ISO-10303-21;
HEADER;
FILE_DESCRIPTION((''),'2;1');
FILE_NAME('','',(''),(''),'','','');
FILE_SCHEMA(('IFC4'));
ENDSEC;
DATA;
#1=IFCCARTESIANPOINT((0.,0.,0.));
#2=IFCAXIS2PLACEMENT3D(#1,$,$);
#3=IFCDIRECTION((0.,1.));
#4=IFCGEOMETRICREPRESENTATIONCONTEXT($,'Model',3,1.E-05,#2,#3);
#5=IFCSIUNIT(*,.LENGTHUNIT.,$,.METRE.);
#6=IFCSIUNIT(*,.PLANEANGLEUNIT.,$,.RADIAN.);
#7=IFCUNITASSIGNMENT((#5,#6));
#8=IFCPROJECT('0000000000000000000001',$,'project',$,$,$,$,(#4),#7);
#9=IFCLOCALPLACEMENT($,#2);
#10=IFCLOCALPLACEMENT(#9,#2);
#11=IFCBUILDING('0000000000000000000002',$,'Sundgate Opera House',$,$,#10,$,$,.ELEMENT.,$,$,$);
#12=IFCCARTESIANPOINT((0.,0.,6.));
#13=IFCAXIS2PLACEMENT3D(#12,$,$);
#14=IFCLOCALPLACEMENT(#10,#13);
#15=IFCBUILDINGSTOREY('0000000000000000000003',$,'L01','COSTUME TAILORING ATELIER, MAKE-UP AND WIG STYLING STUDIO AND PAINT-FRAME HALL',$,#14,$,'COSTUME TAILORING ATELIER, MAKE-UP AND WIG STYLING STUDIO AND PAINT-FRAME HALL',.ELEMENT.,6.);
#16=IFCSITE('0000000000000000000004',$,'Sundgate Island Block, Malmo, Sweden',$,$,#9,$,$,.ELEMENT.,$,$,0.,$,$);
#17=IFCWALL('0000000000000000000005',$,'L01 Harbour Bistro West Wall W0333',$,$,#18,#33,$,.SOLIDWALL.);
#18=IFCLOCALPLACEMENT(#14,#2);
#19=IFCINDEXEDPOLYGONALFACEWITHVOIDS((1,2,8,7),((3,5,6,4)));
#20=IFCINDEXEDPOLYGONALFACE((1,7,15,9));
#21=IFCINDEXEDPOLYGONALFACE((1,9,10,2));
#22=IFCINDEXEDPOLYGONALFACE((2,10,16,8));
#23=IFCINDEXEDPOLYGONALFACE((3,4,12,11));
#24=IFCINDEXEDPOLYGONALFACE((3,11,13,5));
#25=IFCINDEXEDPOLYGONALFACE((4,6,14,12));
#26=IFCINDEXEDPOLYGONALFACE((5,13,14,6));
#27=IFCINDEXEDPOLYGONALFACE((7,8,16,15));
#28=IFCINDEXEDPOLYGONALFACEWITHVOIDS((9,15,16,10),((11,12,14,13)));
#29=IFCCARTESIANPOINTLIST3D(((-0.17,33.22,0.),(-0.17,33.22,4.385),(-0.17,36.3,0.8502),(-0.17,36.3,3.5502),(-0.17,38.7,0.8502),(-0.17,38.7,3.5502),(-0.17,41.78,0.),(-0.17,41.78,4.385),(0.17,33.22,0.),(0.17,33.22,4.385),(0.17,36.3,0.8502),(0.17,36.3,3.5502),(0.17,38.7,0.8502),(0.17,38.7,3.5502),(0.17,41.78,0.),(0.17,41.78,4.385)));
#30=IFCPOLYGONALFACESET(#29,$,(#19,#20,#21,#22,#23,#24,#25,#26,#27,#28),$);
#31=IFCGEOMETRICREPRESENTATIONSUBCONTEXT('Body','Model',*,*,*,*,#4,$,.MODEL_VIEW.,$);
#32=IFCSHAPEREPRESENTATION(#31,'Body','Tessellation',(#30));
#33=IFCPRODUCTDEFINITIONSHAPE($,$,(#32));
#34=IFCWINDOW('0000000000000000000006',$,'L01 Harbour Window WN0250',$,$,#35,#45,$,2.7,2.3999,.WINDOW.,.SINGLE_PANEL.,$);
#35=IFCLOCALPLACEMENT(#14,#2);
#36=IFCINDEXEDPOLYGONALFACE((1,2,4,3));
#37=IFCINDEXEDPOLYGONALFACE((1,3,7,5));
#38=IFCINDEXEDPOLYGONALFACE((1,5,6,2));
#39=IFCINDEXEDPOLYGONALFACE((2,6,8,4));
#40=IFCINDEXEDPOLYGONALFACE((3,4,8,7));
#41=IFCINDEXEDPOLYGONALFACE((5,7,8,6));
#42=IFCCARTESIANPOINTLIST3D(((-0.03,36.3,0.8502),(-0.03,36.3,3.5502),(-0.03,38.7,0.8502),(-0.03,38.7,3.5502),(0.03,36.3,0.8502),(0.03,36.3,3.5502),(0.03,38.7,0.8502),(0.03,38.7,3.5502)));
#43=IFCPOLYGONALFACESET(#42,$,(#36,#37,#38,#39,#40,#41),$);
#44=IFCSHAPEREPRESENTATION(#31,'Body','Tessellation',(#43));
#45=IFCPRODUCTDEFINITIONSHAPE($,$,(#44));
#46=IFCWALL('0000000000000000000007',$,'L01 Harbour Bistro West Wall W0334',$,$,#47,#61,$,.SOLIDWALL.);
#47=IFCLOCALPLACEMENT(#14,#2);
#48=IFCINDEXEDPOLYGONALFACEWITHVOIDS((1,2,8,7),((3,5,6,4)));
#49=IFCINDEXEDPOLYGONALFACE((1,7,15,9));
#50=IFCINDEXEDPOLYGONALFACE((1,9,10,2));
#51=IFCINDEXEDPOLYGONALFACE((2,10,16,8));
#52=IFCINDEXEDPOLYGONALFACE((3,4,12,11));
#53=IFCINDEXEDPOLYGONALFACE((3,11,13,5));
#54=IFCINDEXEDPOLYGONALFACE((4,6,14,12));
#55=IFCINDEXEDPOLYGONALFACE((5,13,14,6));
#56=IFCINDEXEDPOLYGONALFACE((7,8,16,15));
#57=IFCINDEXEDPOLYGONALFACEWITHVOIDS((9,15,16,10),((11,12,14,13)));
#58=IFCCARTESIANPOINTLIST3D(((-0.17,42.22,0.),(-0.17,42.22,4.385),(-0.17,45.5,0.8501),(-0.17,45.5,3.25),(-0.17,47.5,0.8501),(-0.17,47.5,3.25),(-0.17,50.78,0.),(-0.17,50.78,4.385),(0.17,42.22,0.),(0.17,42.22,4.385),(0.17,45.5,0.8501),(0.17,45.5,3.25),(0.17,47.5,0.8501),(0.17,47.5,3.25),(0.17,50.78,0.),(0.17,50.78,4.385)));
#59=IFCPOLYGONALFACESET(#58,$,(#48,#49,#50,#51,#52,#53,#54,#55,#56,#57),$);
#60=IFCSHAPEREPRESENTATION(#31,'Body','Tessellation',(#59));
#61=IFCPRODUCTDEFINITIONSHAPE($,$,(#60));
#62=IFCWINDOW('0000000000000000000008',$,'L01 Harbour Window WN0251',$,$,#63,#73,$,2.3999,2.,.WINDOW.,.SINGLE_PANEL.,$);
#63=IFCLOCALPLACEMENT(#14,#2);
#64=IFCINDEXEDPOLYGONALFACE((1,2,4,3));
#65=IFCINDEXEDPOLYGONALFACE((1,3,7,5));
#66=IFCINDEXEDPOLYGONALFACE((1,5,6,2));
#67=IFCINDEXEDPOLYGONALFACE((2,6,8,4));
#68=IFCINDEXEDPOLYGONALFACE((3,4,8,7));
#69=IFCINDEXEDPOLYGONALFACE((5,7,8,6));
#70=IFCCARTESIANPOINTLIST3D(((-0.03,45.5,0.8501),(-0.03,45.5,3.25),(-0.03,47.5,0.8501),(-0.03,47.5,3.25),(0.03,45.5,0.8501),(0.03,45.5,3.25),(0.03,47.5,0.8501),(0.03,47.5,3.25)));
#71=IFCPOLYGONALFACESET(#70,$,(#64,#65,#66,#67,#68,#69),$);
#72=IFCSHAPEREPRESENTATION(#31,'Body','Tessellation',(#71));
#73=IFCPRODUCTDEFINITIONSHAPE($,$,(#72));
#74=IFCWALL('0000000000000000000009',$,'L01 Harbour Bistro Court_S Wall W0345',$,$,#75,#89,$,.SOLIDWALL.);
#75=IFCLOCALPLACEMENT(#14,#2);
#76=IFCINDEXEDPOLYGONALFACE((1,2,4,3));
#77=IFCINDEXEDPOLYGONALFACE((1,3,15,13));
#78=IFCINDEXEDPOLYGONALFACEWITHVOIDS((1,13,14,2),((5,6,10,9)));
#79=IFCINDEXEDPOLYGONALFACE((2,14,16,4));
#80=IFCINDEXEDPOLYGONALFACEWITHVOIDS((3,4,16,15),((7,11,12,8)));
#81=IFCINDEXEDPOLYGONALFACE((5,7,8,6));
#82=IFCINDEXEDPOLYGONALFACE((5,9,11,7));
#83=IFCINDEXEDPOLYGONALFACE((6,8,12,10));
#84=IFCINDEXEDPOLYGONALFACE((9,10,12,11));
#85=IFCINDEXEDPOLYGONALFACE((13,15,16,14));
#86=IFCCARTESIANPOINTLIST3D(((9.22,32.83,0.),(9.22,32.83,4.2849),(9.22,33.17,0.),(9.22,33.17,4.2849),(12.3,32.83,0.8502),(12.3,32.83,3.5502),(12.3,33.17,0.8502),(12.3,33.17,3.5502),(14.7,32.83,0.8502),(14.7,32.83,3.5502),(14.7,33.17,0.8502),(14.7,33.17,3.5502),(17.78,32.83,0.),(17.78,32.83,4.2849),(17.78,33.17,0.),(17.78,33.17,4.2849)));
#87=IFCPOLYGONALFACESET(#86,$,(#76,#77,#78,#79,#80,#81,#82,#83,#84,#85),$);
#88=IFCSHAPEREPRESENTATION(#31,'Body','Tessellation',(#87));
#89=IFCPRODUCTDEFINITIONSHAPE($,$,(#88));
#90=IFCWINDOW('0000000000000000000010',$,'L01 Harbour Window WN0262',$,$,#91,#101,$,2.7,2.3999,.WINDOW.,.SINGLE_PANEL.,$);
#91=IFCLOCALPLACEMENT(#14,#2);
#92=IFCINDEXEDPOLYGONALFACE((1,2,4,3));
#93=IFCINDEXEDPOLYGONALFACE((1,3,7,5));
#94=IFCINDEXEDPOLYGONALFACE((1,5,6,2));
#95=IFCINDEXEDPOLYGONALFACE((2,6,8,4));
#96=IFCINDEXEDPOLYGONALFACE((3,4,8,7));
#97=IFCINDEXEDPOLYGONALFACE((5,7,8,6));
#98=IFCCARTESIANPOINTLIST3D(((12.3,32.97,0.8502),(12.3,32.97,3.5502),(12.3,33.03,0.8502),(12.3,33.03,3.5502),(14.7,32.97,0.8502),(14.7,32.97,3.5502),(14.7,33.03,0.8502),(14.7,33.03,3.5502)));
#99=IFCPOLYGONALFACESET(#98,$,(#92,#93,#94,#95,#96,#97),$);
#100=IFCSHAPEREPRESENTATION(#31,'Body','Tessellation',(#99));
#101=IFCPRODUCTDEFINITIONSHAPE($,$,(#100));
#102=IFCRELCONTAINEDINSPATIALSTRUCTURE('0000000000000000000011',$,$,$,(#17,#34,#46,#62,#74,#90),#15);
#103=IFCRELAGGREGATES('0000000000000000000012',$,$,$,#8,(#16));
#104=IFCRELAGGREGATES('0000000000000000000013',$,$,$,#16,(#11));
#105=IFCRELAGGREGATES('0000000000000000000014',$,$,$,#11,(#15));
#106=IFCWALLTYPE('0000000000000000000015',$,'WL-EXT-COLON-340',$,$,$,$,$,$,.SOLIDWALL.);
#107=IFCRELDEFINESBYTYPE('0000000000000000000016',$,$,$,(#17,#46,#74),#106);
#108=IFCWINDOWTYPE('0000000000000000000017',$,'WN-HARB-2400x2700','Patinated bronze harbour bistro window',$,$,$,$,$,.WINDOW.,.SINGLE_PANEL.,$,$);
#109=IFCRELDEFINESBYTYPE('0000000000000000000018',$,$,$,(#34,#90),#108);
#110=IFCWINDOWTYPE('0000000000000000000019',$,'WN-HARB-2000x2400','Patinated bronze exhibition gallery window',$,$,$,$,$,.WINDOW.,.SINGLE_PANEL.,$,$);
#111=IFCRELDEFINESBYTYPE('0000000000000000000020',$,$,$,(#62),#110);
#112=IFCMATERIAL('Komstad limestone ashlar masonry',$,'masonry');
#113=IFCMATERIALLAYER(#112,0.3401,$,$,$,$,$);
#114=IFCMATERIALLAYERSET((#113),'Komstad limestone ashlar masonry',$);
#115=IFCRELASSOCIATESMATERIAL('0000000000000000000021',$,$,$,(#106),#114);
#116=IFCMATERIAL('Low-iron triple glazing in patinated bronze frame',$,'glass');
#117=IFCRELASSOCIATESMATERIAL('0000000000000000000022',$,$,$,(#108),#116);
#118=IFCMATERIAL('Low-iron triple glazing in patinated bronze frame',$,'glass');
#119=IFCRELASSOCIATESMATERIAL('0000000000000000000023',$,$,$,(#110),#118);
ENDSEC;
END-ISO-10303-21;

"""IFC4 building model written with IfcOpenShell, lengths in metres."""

from ifc_helpers import new_model, si_unit, direction, frame, frame_2d, origin, place, context, subcontext, project, spatial, rectangle, extrude, material, layer, layer_set, type_object, element, fill, save


model = new_model("IFC4")

# Units and contexts
model_context = context("Model", 3, precision=1e-05, world=origin(), true_north=direction((0.0, 1.0)))
body_context = subcontext(model_context, "Body", "Model", "MODEL_VIEW")
ifc_project = project(units=[si_unit("LENGTHUNIT", "METRE"), si_unit("PLANEANGLEUNIT", "RADIAN")], contexts=[model_context])

# Site, building, storey
site_placement = place(None, origin())
site = spatial("IfcSite", under=ifc_project, at=site_placement, Name="Sundgate Island Block, Malmo, Sweden", CompositionType="ELEMENT", RefElevation=0.0)
building_placement = place(site_placement, origin())
building = spatial("IfcBuilding", under=site, at=building_placement, Name="Sundgate Opera House", CompositionType="ELEMENT")
storey_placement = place(building_placement, frame((0.0, 0.0, 6.0)))
storey = spatial("IfcBuildingStorey", under=building, at=storey_placement, Name="L01", Description="COSTUME TAILORING ATELIER, MAKE-UP AND WIG STYLING STUDIO AND PAINT-FRAME HALL", LongName="COSTUME TAILORING ATELIER, MAKE-UP AND WIG STYLING STUDIO AND PAINT-FRAME HALL", CompositionType="ELEMENT", Elevation=6.0)

# Walls, openings, windows
ifc_material_1 = material(Name="Komstad limestone ashlar masonry", Category="masonry")
ifc_layer = layer(ifc_material_1, 0.3401)
ifc_layer_set = layer_set([ifc_layer], Name="Komstad limestone ashlar masonry")
wall_type = type_object("IfcWallType", Name="WL-EXT-COLON-340", PredefinedType="SOLIDWALL", material=ifc_layer_set)
wall_1_placement = place(storey_placement, frame((0.0, 33.22, 0.0), z_axis=(0.0, 0.0, 1.0), x_axis=(0.0, 1.0, 0.0)))
wall_1 = element("IfcWall", 1, at=wall_1_placement, inside=storey, type_object=wall_type, Name="L01 Harbour Bistro West Wall W0333", PredefinedType="SOLIDWALL", context=body_context, shape_type="SweptSolid", body=[
    extrude(rectangle(XDim=8.5601, YDim=0.3401, at=frame_2d((4.28, 0.0))), origin(), (0.0, 0.0, 1.0), 4.385),
])
opening_1_placement = place(wall_1_placement, frame((3.0801, 0.0, 0.8501)))
opening_1 = element("IfcOpeningElement", 2, at=opening_1_placement, cuts=wall_1, PredefinedType="OPENING", context=body_context, shape_type="SweptSolid", body=[
    extrude(rectangle(XDim=2.3999, YDim=2.7, at=frame_2d((1.2, 1.3501))), frame((0.0, 0.1799, 0.0), z_axis=(0.0, -1.0, 0.0), x_axis=(1.0, 0.0, 0.0)), (0.0, 0.0, 1.0), 0.3601),
])
ifc_material_2 = material(Name="Low-iron triple glazing in patinated bronze frame", Category="glass")
window_type_1 = type_object("IfcWindowType", Name="WN-HARB-2400x2700", Description="Patinated bronze harbour bistro window", PartitioningType="SINGLE_PANEL", PredefinedType="WINDOW", material=ifc_material_2)
window_1_placement = place(opening_1_placement, origin())
window_1 = element("IfcWindow", 3, at=window_1_placement, inside=storey, type_object=window_type_1, Name="L01 Harbour Window WN0250", OverallHeight=2.7, OverallWidth=2.3999, PartitioningType="SINGLE_PANEL", PredefinedType="WINDOW", context=body_context, shape_type="SweptSolid", body=[
    extrude(rectangle(XDim=2.3999, YDim=2.7, at=frame_2d((1.2, 1.3501))), frame((0.0, 0.03, 0.0), z_axis=(0.0, -1.0, 0.0), x_axis=(1.0, 0.0, 0.0)), (0.0, 0.0, 1.0), 0.0601),
])
fill(opening_1, window_1)
wall_2_placement = place(storey_placement, frame((0.0, 42.22, 0.0), z_axis=(0.0, 0.0, 1.0), x_axis=(0.0, 1.0, 0.0)))
wall_2 = element("IfcWall", 4, at=wall_2_placement, inside=storey, type_object=wall_type, Name="L01 Harbour Bistro West Wall W0334", PredefinedType="SOLIDWALL", context=body_context, shape_type="SweptSolid", body=[
    extrude(rectangle(XDim=8.5601, YDim=0.3401, at=frame_2d((4.28, 0.0))), origin(), (0.0, 0.0, 1.0), 4.385),
])
opening_2_placement = place(wall_2_placement, frame((3.28, 0.0, 0.8501)))
opening_2 = element("IfcOpeningElement", 5, at=opening_2_placement, cuts=wall_2, PredefinedType="OPENING", context=body_context, shape_type="SweptSolid", body=[
    extrude(rectangle(XDim=2.0, YDim=2.3999, at=frame_2d((1.0, 1.2))), frame((0.0, 0.1799, 0.0), z_axis=(0.0, -1.0, 0.0), x_axis=(1.0, 0.0, 0.0)), (0.0, 0.0, 1.0), 0.3601),
])
ifc_material_3 = material(Name="Low-iron triple glazing in patinated bronze frame", Category="glass")
window_type_2 = type_object("IfcWindowType", Name="WN-HARB-2000x2400", Description="Patinated bronze exhibition gallery window", PartitioningType="SINGLE_PANEL", PredefinedType="WINDOW", material=ifc_material_3)
window_2_placement = place(opening_2_placement, origin())
window_2 = element("IfcWindow", 6, at=window_2_placement, inside=storey, type_object=window_type_2, Name="L01 Harbour Window WN0251", OverallHeight=2.3999, OverallWidth=2.0, PartitioningType="SINGLE_PANEL", PredefinedType="WINDOW", context=body_context, shape_type="SweptSolid", body=[
    extrude(rectangle(XDim=2.0, YDim=2.3999, at=frame_2d((1.0, 1.2))), frame((0.0, 0.03, 0.0), z_axis=(0.0, -1.0, 0.0), x_axis=(1.0, 0.0, 0.0)), (0.0, 0.0, 1.0), 0.0601),
])
fill(opening_2, window_2)
wall_3_placement = place(storey_placement, frame((17.78, 33.0, 0.0), z_axis=(0.0, 0.0, 1.0), x_axis=(-1.0, 0.0, 0.0)))
wall_3 = element("IfcWall", 7, at=wall_3_placement, inside=storey, type_object=wall_type, Name="L01 Harbour Bistro Court_S Wall W0345", PredefinedType="SOLIDWALL", context=body_context, shape_type="SweptSolid", body=[
    extrude(rectangle(XDim=8.5601, YDim=0.3401, at=frame_2d((4.28, 0.0))), origin(), (0.0, 0.0, 1.0), 4.2849),
])
opening_3_placement = place(wall_3_placement, frame((3.0801, 0.0, 0.8501)))
opening_3 = element("IfcOpeningElement", 8, at=opening_3_placement, cuts=wall_3, PredefinedType="OPENING", context=body_context, shape_type="SweptSolid", body=[
    extrude(rectangle(XDim=2.3999, YDim=2.7, at=frame_2d((1.2, 1.3501))), frame((0.0, 0.1799, 0.0), z_axis=(0.0, -1.0, 0.0), x_axis=(1.0, 0.0, 0.0)), (0.0, 0.0, 1.0), 0.3601),
])
window_3_placement = place(opening_3_placement, origin())
window_3 = element("IfcWindow", 9, at=window_3_placement, inside=storey, type_object=window_type_1, Name="L01 Harbour Window WN0262", OverallHeight=2.7, OverallWidth=2.3999, PartitioningType="SINGLE_PANEL", PredefinedType="WINDOW", context=body_context, shape_type="SweptSolid", body=[
    extrude(rectangle(XDim=2.3999, YDim=2.7, at=frame_2d((1.2, 1.3501))), frame((0.0, 0.03, 0.0), z_axis=(0.0, -1.0, 0.0), x_axis=(1.0, 0.0, 0.0)), (0.0, 0.0, 1.0), 0.0601),
])
fill(opening_3, window_3)

save(model, "model.ifc")
